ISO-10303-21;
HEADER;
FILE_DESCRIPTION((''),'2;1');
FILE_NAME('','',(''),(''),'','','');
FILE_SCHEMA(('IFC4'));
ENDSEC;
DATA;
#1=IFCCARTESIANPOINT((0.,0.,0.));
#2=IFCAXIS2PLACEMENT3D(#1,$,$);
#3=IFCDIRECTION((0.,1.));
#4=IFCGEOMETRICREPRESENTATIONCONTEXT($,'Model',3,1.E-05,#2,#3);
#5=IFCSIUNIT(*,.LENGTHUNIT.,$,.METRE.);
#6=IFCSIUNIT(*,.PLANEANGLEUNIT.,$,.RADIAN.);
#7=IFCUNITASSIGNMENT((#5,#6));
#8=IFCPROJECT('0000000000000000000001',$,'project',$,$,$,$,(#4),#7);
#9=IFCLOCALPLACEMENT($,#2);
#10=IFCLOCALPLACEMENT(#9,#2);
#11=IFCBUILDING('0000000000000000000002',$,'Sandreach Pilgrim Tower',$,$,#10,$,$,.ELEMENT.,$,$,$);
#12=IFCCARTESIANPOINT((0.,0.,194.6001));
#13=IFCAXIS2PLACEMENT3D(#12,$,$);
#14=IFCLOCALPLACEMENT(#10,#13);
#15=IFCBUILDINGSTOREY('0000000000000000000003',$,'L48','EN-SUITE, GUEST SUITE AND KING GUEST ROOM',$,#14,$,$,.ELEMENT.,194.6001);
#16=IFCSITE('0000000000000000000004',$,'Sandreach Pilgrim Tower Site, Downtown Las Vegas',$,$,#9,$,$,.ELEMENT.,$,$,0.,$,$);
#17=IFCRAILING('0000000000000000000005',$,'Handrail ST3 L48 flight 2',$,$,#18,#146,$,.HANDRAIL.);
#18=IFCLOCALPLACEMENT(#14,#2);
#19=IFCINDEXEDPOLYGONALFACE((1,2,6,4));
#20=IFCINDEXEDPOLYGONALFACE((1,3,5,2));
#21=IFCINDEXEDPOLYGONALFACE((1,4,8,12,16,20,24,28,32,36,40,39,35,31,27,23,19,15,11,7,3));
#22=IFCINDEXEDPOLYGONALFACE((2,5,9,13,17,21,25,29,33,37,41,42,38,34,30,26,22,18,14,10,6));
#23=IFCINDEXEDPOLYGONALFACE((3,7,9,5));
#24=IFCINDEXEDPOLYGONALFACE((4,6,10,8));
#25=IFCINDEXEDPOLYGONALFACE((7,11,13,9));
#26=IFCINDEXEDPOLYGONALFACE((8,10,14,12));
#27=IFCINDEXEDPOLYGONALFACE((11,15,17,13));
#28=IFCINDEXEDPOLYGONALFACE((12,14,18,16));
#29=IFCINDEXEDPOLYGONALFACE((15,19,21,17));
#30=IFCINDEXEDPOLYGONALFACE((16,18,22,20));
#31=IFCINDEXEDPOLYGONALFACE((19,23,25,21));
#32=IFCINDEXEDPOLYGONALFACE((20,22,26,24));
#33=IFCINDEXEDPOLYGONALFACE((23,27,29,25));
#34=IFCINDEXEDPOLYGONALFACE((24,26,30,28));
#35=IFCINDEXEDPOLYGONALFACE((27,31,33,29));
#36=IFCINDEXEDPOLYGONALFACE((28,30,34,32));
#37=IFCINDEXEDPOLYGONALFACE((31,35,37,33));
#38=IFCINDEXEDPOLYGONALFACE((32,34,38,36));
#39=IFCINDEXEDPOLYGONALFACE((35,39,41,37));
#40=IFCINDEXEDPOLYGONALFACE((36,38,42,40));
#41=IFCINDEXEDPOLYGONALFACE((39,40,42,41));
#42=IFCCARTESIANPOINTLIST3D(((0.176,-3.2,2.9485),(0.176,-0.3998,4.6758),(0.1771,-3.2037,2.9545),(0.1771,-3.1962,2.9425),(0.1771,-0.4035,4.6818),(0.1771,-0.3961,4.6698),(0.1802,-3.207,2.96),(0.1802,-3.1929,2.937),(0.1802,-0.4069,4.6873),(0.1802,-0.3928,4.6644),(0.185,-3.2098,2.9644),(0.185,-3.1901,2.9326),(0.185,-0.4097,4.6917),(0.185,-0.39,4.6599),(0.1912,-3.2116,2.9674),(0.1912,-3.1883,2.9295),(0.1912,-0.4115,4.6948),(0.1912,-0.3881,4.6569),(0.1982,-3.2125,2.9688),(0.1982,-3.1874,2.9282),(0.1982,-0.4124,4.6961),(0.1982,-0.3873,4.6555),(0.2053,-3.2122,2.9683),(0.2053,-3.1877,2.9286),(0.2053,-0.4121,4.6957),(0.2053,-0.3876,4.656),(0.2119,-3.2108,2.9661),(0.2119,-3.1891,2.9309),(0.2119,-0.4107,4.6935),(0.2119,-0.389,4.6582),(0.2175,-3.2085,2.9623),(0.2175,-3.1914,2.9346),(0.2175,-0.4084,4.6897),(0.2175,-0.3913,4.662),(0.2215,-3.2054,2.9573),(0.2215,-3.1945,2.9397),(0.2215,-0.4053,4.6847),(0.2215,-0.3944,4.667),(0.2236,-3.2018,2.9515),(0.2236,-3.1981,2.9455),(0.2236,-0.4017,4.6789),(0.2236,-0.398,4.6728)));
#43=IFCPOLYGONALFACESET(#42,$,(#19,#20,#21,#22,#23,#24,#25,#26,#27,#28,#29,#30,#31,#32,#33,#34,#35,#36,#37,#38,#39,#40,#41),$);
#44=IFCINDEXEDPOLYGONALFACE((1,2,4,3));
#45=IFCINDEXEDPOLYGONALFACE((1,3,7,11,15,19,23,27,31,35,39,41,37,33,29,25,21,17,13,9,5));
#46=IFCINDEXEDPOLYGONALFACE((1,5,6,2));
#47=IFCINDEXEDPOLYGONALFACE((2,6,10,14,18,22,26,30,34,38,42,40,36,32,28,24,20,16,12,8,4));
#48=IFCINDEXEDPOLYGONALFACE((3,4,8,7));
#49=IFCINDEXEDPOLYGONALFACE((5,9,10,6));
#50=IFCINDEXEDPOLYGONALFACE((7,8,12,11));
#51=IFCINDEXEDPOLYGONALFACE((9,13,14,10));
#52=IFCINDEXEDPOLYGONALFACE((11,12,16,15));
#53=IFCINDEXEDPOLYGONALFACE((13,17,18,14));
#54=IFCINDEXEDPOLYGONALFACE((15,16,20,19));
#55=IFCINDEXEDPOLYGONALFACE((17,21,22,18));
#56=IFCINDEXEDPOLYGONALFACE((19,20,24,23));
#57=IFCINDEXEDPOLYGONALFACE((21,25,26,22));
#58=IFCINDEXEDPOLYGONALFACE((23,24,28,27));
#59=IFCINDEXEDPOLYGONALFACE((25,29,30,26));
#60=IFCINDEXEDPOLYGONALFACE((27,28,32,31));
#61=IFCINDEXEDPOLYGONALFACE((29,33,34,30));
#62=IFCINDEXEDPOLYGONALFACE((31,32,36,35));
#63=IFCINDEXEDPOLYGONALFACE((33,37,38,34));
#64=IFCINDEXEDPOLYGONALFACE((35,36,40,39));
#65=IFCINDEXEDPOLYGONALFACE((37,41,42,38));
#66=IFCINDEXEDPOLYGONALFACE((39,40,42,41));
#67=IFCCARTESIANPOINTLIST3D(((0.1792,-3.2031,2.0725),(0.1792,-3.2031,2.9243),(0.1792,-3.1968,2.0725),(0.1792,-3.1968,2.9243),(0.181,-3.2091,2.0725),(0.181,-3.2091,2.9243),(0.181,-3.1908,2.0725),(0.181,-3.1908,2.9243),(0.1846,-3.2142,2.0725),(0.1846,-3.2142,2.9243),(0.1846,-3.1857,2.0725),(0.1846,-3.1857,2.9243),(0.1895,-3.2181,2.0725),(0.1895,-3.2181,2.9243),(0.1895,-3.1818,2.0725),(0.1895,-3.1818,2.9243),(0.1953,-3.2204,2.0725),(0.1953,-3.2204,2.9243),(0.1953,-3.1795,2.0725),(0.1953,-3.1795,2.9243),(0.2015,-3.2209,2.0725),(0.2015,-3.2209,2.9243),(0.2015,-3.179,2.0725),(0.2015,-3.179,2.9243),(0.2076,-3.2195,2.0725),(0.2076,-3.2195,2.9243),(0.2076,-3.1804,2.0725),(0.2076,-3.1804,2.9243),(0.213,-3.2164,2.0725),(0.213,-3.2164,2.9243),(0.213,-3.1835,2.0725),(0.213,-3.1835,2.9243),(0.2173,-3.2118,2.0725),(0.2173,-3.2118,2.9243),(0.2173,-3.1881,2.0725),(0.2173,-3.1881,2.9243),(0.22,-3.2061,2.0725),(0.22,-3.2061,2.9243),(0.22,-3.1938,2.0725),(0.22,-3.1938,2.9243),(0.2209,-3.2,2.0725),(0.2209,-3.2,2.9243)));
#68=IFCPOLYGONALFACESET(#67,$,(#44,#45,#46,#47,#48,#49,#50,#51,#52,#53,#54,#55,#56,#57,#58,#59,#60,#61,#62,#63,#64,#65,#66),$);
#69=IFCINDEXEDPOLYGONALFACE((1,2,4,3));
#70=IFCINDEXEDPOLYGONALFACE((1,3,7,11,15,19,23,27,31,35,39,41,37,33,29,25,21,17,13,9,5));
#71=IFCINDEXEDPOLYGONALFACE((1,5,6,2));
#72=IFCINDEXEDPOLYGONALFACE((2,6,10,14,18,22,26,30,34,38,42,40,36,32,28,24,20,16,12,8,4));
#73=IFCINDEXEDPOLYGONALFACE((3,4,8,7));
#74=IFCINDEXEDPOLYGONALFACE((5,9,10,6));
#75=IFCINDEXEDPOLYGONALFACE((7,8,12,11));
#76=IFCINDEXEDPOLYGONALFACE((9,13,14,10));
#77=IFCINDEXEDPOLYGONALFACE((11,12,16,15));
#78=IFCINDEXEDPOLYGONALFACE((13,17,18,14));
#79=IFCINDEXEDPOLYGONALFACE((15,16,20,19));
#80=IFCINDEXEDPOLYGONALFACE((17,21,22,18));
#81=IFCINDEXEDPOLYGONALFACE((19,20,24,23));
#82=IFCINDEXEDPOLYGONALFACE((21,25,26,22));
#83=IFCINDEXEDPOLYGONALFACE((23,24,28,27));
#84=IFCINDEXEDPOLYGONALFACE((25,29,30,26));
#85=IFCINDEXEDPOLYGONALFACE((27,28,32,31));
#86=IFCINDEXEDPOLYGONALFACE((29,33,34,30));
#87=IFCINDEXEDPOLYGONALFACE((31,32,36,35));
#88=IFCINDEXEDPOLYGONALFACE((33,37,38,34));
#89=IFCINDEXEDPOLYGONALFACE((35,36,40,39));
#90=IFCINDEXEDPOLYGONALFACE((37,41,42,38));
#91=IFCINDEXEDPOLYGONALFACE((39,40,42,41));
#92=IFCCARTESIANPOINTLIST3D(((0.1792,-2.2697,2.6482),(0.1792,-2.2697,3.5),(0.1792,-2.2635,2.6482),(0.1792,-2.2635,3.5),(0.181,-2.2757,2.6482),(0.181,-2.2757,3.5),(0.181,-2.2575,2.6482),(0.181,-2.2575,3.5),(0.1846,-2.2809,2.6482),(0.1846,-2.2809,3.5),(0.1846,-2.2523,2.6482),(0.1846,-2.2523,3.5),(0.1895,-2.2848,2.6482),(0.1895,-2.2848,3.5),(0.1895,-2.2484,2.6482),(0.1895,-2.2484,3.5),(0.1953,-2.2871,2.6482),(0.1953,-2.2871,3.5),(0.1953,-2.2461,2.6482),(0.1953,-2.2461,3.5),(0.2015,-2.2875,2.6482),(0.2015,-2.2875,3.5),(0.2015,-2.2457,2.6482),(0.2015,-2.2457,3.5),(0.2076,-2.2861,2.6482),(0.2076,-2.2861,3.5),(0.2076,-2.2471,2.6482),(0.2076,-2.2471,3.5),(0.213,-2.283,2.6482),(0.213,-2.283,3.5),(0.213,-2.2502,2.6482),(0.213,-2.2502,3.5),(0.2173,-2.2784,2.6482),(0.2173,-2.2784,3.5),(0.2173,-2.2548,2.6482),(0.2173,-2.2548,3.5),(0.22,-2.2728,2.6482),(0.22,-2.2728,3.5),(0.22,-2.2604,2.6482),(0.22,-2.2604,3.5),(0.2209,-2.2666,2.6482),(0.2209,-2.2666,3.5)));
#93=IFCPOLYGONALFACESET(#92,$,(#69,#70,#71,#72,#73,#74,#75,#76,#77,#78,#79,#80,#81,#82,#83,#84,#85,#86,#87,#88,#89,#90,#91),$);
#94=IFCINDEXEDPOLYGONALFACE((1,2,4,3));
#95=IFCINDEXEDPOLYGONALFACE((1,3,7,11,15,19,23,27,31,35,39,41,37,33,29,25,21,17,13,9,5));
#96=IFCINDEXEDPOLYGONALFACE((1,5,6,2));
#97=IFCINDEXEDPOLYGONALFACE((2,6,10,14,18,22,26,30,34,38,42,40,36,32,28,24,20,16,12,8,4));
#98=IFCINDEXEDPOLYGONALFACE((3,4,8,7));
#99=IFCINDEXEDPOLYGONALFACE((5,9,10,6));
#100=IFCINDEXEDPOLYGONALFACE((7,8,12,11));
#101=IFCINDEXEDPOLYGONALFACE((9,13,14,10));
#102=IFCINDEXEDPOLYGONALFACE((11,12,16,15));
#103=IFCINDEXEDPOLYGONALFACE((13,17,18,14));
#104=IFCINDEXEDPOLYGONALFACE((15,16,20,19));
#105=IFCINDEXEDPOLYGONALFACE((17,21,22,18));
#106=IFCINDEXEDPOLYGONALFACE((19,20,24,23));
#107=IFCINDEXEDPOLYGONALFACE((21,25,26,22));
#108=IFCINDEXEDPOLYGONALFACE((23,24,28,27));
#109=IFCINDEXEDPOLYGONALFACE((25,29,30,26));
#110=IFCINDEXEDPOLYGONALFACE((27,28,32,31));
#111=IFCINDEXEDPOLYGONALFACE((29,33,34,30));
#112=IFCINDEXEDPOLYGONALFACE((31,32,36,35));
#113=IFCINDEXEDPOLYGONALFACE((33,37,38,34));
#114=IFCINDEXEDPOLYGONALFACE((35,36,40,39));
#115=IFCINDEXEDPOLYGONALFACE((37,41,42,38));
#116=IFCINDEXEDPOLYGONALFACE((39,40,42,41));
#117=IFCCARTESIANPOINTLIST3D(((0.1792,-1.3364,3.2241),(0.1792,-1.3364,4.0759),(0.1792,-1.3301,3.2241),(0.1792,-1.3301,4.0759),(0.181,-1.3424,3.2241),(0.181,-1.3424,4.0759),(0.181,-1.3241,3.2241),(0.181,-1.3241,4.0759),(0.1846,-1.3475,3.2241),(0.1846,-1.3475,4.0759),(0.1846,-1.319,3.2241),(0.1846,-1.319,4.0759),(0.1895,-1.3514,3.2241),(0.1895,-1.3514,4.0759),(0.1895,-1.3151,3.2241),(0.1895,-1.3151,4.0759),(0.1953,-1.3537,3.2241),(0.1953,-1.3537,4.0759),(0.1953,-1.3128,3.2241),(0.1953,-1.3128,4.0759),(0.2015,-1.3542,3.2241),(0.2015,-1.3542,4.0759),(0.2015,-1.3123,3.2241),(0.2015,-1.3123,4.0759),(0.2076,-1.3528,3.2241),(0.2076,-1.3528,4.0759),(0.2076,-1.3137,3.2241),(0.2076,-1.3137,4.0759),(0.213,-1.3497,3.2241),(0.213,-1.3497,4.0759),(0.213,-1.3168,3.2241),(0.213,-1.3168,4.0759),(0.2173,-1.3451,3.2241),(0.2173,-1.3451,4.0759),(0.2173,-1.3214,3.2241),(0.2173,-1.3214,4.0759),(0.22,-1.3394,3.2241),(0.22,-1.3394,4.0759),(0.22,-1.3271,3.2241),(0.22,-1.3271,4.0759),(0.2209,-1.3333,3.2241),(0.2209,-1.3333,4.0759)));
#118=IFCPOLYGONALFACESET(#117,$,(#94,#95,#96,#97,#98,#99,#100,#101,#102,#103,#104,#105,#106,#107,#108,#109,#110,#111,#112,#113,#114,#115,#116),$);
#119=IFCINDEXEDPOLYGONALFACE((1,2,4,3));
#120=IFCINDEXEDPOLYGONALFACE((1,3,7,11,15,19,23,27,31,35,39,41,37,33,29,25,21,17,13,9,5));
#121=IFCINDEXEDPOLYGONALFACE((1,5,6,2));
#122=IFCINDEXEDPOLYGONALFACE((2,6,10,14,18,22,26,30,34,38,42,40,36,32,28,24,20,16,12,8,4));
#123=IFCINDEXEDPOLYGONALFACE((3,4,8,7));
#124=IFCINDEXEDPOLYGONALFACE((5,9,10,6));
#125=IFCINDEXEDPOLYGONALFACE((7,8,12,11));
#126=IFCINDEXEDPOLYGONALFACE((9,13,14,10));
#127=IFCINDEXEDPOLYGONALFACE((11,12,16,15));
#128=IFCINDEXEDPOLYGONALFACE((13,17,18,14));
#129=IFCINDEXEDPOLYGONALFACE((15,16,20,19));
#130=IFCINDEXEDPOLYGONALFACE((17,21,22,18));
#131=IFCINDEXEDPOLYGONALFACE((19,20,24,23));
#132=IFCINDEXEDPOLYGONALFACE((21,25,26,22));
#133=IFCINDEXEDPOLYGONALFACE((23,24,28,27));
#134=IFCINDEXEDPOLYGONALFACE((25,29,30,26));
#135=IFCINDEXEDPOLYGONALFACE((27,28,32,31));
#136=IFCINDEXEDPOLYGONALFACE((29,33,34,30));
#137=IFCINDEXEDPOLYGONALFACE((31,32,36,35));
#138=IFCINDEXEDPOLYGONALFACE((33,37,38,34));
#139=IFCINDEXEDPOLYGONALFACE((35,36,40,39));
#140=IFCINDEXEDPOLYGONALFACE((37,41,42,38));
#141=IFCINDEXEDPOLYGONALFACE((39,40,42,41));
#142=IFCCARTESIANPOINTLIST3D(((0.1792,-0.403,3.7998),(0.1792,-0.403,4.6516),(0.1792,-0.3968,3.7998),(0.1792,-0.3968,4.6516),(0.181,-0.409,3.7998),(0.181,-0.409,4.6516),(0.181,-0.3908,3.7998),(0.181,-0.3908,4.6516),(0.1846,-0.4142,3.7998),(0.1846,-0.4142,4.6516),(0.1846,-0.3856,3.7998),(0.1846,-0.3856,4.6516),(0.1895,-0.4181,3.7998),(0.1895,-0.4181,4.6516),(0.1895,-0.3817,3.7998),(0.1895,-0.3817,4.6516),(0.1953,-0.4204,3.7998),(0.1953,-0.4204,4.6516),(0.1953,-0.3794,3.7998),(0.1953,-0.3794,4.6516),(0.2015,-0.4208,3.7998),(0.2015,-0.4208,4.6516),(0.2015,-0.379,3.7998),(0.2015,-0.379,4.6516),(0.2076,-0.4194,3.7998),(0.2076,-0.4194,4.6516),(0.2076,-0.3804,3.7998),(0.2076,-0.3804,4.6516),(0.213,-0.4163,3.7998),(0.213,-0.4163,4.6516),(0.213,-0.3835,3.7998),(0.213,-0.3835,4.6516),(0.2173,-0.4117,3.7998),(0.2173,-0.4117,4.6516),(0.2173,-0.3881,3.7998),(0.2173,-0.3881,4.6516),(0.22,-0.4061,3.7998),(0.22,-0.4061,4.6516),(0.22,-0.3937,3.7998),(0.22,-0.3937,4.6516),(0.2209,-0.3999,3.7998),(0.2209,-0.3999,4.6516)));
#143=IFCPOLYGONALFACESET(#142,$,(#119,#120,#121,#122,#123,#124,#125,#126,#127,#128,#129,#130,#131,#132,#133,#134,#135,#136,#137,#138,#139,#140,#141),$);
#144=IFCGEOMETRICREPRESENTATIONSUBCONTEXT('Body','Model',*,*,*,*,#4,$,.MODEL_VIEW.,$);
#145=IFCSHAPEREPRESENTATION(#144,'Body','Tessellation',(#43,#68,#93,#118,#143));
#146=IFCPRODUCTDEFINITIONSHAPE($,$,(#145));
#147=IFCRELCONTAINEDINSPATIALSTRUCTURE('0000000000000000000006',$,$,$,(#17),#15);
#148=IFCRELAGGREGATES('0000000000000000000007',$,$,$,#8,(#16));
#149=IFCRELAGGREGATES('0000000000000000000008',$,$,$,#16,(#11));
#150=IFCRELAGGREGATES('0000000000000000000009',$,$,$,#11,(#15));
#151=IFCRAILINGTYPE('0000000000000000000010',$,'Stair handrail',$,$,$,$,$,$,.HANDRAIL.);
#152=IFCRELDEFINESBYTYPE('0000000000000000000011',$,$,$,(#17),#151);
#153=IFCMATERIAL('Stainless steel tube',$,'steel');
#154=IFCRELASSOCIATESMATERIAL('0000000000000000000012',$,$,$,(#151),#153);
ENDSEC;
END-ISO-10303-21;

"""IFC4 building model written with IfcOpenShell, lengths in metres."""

from ifc_helpers import new_model, si_unit, direction, frame, origin, origin_2d, place, context, subcontext, project, spatial, circle, extrude, material, type_object, element, save


model = new_model("IFC4")

# Units and contexts
model_context = context("Model", 3, precision=1e-05, world=origin(), true_north=direction((0.0, 1.0)))
body_context = subcontext(model_context, "Body", "Model", "MODEL_VIEW")
ifc_project = project(units=[si_unit("LENGTHUNIT", "METRE"), si_unit("PLANEANGLEUNIT", "RADIAN")], contexts=[model_context])

# Site, building, storey
site_placement = place(None, origin())
site = spatial("IfcSite", under=ifc_project, at=site_placement, Name="Sandreach Pilgrim Tower Site, Downtown Las Vegas", CompositionType="ELEMENT", RefElevation=0.0)
building_placement = place(site_placement, origin())
building = spatial("IfcBuilding", under=site, at=building_placement, Name="Sandreach Pilgrim Tower", CompositionType="ELEMENT")
storey_placement = place(building_placement, frame((0.0, 0.0, 194.6001)))
storey = spatial("IfcBuildingStorey", under=building, at=storey_placement, Name="L48", Description="EN-SUITE, GUEST SUITE AND KING GUEST ROOM", CompositionType="ELEMENT", Elevation=194.6001)

# Railing
ifc_material_1 = material(Name="Stainless steel tube", Category="steel")
railing_type = type_object("IfcRailingType", Name="Stair handrail", PredefinedType="HANDRAIL", material=ifc_material_1)
railing_placement = place(storey_placement, frame((0.2, -3.2, 2.0725)))
element("IfcRailing", 1, at=railing_placement, inside=storey, type_object=railing_type, Name="Handrail ST3 L48 flight 2", PredefinedType="HANDRAIL", context=body_context, shape_type="SweptSolid", body=[
    extrude(circle(Radius=0.0239, at=origin_2d()), frame((0.0, 0.0, 0.876), z_axis=(0.0, 0.85109, 0.52502), x_axis=(-1.0, 0.0, 0.0)), (0.0, 0.0, 1.0), 3.29),
    extrude(circle(Radius=0.021, at=origin_2d()), origin(), (0.0, 0.0, 1.0), 0.8518),
    extrude(circle(Radius=0.021, at=origin_2d()), frame((0.0, 0.9333, 0.5757)), (0.0, 0.0, 1.0), 0.8518),
    extrude(circle(Radius=0.021, at=origin_2d()), frame((0.0, 1.8667, 1.1516)), (0.0, 0.0, 1.0), 0.8518),
    extrude(circle(Radius=0.021, at=origin_2d()), frame((0.0, 2.8, 1.7273)), (0.0, 0.0, 1.0), 0.8518),
])

save(model, "model.ifc")
